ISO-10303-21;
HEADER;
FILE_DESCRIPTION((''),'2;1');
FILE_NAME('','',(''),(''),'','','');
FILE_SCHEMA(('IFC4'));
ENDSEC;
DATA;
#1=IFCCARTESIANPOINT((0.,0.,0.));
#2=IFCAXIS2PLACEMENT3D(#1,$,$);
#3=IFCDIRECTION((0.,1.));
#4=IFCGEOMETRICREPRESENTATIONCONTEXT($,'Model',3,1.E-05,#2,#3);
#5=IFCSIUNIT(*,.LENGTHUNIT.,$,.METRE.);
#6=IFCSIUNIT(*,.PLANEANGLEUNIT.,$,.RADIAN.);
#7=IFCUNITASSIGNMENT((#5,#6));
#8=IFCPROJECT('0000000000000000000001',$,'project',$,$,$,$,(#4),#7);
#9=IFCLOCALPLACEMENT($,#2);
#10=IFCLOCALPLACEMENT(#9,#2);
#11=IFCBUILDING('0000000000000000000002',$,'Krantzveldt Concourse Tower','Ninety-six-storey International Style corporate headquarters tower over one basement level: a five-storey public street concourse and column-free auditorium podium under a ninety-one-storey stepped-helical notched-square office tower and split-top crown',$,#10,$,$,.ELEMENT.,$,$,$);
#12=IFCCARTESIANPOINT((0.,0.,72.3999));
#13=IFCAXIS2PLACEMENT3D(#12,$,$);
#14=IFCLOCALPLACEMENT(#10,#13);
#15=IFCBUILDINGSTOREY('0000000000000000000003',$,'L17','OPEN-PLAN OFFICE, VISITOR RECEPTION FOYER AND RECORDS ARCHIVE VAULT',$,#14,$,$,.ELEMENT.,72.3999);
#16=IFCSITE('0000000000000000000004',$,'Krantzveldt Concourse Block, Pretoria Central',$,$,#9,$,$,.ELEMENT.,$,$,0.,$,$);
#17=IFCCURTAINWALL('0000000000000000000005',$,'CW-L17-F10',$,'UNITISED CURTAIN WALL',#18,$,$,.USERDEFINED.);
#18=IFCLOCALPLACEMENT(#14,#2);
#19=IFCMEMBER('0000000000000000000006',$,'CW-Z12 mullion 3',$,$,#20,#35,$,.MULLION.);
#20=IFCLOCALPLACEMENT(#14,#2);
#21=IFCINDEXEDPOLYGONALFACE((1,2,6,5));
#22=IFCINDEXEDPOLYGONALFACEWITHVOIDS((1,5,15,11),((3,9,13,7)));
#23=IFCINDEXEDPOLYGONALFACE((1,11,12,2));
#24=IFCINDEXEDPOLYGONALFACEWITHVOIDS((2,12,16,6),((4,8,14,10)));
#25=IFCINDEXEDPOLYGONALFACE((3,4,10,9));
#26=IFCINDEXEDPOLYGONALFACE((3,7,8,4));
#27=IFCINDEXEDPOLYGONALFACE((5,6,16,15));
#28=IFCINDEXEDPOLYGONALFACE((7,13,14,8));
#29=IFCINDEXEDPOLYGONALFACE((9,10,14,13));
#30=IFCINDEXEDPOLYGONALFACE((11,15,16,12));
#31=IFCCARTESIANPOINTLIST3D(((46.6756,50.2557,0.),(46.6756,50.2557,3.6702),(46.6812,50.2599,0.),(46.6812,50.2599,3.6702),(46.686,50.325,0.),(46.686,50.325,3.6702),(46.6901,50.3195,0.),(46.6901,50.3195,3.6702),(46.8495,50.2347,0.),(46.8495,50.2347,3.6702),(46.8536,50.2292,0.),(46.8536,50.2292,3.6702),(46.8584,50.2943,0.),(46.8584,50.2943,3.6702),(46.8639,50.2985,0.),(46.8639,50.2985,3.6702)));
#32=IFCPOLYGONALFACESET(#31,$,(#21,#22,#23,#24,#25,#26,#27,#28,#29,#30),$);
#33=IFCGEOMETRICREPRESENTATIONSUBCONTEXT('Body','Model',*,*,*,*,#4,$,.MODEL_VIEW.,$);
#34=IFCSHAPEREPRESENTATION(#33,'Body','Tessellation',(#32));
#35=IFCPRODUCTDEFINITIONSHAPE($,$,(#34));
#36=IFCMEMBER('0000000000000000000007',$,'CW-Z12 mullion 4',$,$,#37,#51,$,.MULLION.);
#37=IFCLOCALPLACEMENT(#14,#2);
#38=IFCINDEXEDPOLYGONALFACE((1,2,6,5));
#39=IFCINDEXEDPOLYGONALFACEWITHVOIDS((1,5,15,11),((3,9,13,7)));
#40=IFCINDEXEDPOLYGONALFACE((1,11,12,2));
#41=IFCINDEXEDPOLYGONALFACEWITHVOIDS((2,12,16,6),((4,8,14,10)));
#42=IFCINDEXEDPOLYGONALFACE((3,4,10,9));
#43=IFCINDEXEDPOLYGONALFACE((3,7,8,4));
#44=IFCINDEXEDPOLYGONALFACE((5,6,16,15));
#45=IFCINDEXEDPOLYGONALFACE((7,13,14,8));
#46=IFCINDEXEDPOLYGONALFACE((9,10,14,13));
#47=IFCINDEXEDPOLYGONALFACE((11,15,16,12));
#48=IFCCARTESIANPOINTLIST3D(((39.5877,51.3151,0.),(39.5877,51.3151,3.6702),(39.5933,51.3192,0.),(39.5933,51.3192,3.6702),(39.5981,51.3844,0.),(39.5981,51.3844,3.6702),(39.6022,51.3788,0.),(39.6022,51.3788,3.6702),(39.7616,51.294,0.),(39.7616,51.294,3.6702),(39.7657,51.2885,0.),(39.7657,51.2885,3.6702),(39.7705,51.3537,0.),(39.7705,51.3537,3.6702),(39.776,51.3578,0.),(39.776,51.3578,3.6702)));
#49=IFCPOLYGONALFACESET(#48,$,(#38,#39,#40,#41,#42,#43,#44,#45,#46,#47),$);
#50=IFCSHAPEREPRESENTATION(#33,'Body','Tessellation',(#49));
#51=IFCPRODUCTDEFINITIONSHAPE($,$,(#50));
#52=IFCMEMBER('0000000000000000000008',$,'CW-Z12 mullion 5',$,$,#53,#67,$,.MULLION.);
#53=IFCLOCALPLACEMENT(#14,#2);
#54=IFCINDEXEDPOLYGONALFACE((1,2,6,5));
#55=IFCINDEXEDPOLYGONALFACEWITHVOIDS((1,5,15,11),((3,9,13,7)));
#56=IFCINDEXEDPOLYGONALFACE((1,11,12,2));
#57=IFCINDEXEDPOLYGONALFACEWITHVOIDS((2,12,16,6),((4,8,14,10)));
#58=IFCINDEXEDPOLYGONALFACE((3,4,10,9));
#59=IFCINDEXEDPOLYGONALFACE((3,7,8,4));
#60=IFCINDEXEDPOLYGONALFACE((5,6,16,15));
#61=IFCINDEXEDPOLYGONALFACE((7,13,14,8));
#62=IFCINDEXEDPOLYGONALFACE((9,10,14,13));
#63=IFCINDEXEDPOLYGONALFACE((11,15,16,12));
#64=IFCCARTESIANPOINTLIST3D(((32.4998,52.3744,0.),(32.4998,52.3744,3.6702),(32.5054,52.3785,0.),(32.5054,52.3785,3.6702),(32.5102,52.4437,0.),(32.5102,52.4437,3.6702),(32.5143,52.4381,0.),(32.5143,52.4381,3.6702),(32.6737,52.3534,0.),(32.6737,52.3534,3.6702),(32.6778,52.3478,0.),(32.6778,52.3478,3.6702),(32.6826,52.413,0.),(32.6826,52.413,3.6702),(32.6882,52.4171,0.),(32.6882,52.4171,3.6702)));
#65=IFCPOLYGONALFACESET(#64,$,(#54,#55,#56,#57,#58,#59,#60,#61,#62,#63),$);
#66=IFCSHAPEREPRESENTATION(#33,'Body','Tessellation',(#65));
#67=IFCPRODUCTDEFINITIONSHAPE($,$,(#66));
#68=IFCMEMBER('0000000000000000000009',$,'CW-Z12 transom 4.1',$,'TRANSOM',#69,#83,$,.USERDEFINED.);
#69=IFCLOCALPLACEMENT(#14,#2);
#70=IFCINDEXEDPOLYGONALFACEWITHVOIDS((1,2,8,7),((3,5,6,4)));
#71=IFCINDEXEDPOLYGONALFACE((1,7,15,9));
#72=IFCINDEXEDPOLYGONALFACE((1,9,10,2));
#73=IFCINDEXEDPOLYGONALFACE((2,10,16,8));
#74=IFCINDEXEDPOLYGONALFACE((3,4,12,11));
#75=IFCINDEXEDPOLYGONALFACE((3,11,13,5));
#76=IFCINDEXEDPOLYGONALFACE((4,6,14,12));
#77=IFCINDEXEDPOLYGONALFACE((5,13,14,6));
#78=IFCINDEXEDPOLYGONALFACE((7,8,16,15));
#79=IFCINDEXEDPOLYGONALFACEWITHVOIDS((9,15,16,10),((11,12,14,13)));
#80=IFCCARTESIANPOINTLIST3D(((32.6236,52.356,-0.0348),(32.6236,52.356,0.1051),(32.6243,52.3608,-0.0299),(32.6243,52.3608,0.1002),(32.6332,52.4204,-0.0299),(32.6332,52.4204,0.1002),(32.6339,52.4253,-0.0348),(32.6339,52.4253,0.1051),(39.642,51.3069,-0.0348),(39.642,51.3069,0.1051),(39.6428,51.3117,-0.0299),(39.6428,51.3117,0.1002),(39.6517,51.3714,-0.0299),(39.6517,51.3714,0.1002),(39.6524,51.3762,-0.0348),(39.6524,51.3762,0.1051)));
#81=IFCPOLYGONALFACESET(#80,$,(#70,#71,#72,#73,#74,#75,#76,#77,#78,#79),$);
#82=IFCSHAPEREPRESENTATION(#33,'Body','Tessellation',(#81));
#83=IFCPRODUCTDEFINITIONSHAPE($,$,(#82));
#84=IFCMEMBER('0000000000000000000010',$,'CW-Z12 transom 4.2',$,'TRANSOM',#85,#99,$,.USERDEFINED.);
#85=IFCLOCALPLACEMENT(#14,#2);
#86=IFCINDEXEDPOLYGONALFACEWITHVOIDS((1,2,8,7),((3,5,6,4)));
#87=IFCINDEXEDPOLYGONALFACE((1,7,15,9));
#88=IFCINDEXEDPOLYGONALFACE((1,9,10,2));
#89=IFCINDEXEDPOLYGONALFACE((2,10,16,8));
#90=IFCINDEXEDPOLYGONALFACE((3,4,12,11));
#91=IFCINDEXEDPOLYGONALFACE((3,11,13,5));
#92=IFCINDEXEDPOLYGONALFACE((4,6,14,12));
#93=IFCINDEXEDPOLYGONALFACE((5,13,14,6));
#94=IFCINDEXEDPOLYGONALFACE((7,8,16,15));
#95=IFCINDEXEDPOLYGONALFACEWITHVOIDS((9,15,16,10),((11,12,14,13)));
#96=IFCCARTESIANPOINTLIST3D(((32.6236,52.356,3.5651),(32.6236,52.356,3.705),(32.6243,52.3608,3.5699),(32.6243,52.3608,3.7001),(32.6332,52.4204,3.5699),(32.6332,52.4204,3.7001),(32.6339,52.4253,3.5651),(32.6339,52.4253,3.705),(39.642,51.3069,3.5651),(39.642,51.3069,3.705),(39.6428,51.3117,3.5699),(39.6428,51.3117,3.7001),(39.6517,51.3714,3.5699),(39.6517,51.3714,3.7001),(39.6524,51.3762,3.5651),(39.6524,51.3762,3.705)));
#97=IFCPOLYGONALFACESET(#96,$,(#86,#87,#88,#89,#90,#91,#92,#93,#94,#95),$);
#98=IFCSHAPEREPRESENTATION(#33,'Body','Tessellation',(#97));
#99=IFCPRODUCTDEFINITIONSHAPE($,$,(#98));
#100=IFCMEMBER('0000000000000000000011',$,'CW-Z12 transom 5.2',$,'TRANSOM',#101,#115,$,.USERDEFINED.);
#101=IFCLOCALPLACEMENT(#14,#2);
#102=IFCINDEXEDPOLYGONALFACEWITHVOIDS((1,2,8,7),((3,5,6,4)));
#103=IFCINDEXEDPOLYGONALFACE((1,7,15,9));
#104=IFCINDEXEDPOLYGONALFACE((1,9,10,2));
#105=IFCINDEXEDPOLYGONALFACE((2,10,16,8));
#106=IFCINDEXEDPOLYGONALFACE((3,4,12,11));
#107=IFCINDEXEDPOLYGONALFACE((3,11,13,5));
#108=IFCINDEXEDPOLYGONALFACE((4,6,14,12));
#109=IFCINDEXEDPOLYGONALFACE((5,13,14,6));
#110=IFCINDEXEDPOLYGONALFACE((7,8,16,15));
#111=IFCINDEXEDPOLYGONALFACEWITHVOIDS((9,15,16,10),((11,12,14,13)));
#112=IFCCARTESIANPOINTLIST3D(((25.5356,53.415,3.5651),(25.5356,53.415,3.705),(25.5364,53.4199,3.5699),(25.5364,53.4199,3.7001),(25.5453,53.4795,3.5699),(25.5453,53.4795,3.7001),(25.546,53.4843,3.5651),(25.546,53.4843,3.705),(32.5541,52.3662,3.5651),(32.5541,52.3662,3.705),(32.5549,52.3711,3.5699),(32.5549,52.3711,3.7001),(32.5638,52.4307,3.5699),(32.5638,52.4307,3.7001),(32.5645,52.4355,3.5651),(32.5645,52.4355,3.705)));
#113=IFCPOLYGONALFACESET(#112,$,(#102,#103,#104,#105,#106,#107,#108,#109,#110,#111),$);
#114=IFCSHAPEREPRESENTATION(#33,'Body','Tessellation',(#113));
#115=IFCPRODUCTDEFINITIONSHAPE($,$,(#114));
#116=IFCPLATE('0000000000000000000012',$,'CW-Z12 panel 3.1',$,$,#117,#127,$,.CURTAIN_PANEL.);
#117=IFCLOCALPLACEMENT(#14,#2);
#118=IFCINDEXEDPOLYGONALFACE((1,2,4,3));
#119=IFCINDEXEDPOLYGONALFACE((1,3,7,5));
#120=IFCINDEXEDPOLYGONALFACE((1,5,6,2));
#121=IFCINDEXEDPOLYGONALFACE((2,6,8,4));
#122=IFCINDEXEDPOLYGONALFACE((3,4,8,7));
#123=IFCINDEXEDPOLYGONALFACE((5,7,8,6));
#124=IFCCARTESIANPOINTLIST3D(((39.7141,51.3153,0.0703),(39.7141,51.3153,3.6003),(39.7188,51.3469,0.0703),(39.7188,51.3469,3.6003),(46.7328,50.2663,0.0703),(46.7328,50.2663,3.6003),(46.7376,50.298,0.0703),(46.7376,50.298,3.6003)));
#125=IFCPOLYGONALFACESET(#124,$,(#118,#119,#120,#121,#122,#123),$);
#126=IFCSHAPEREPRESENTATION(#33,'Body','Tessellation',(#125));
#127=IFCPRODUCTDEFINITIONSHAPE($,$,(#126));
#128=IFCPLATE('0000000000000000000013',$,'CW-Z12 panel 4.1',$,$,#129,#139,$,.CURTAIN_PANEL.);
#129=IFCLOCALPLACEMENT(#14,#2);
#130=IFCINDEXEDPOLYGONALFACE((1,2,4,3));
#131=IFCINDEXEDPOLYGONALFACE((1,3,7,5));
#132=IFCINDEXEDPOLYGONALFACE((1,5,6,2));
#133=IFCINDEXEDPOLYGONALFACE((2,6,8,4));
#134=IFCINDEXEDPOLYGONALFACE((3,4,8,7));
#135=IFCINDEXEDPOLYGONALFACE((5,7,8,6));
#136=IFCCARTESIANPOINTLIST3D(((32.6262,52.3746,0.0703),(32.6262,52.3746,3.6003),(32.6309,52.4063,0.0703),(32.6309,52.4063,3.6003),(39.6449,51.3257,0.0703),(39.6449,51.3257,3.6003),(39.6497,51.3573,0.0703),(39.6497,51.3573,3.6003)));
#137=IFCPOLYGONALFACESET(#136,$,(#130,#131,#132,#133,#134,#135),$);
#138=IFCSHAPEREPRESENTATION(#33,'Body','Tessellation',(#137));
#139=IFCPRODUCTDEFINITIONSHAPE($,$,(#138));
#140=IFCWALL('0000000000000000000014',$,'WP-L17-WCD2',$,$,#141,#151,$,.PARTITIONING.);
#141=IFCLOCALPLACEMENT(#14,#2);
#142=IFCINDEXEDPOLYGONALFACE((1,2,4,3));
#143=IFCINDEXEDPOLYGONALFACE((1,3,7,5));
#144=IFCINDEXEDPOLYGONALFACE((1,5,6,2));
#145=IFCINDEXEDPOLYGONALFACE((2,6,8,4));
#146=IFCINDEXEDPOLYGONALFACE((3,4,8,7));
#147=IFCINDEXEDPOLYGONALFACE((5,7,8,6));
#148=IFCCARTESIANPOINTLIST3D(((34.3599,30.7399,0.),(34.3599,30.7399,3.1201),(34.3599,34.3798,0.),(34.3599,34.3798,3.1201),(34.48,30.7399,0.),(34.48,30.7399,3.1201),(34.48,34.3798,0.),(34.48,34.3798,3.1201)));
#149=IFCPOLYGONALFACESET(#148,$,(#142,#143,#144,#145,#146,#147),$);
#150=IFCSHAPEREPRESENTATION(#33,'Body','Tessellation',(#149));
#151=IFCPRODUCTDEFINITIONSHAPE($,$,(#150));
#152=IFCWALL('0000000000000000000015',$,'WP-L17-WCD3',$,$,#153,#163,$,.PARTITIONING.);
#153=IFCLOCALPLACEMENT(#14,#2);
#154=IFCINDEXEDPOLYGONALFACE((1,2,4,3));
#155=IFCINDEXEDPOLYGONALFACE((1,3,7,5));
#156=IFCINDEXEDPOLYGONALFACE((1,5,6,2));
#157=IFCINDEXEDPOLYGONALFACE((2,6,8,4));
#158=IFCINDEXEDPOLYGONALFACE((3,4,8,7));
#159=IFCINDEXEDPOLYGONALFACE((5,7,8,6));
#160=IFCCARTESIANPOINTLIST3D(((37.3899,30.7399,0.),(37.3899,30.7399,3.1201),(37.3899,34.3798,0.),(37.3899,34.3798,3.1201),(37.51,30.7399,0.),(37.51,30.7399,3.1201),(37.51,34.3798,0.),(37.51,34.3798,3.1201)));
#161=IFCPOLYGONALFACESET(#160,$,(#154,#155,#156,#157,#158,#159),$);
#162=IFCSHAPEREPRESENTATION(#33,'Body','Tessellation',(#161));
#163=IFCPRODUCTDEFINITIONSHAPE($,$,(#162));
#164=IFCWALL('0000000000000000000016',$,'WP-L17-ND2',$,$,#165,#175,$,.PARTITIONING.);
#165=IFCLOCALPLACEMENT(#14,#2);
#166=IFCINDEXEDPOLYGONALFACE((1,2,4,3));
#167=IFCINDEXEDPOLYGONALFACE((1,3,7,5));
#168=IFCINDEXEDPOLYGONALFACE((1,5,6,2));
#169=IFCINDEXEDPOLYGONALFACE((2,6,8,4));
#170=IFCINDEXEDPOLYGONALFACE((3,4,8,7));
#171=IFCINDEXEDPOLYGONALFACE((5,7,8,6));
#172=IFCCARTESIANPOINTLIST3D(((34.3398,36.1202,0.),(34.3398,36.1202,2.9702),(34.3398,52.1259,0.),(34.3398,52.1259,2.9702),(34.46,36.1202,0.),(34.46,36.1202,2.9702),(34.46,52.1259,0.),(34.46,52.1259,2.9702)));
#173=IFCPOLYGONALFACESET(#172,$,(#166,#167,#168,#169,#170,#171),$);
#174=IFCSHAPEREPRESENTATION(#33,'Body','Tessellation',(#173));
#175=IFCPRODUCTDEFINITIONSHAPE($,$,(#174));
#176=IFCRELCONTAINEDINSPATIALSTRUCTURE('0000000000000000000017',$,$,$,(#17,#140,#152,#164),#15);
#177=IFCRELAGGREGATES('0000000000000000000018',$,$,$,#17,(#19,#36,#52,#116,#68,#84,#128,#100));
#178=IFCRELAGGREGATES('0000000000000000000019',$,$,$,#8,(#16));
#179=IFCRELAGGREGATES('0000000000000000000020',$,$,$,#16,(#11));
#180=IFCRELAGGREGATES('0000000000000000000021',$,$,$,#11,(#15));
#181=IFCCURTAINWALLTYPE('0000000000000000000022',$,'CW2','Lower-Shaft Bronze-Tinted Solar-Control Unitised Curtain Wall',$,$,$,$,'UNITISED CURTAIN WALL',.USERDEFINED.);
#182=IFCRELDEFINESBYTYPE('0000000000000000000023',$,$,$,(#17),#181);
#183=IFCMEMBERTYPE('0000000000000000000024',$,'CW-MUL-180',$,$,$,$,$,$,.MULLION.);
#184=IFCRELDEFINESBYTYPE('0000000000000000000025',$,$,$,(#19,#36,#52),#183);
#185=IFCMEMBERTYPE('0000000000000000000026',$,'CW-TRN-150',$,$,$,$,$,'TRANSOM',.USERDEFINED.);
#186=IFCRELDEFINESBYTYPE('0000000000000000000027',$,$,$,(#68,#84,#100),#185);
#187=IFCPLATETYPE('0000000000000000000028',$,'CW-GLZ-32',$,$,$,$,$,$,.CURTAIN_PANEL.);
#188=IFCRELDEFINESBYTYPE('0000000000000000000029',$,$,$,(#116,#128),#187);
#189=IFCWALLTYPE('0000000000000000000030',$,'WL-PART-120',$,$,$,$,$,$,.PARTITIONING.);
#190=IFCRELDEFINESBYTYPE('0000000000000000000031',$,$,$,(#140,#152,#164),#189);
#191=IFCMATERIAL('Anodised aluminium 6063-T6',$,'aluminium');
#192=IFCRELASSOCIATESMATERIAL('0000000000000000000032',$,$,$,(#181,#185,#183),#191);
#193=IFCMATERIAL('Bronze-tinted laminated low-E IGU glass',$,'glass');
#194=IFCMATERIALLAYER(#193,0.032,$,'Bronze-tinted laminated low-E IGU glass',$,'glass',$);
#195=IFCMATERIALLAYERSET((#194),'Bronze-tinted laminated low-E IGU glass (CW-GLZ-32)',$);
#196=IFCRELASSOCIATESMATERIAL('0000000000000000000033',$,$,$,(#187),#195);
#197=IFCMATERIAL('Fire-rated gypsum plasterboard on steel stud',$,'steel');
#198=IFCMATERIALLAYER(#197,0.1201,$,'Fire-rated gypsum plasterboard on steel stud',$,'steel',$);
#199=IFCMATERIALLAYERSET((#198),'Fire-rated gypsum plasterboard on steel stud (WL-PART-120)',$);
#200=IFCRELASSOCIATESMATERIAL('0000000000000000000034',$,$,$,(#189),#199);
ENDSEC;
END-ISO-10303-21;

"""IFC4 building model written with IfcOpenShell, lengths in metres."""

from ifc_helpers import new_model, si_unit, direction, frame, frame_2d, origin, origin_2d, place, context, subcontext, project, spatial, rectangle, hollow_rectangle, extrude, source, transform, mapped, material, layer, layer_set, material_profile, profile_set, type_object, type_shapes, element, aggregate, save


model = new_model("IFC4")

# Units and contexts
model_context = context("Model", 3, precision=1e-05, world=origin(), true_north=direction((0.0, 1.0)))
body_context = subcontext(model_context, "Body", "Model", "MODEL_VIEW")
ifc_project = project(units=[si_unit("LENGTHUNIT", "METRE"), si_unit("PLANEANGLEUNIT", "RADIAN")], contexts=[model_context])

# Site, building, storey
site_placement = place(None, origin())
site = spatial("IfcSite", under=ifc_project, at=site_placement, Name="Krantzveldt Concourse Block, Pretoria Central", CompositionType="ELEMENT", RefElevation=0.0)
building_placement = place(site_placement, origin())
building = spatial("IfcBuilding", under=site, at=building_placement, Name="Krantzveldt Concourse Tower", Description="Ninety-six-storey International Style corporate headquarters tower over one basement level: a five-storey public street concourse and column-free auditorium podium under a ninety-one-storey stepped-helical notched-square office tower and split-top crown", CompositionType="ELEMENT")
storey_placement = place(building_placement, frame((0.0, 0.0, 72.3999)))
storey = spatial("IfcBuildingStorey", under=building, at=storey_placement, Name="L17", Description="OPEN-PLAN OFFICE, VISITOR RECEPTION FOYER AND RECORDS ARCHIVE VAULT", CompositionType="ELEMENT", Elevation=72.3999)

# Curtain wall, members, plates
ifc_material_1 = material(Name="Anodised aluminium 6063-T6", Category="aluminium")
curtain_wall_type = type_object("IfcCurtainWallType", Name="CW2", Description="Lower-Shaft Bronze-Tinted Solar-Control Unitised Curtain Wall", ElementType="UNITISED CURTAIN WALL", PredefinedType="USERDEFINED", material=ifc_material_1)
curtain_wall_placement = place(storey_placement, origin())
curtain_wall = element("IfcCurtainWall", 1, at=curtain_wall_placement, inside=storey, type_object=curtain_wall_type, Name="CW-L17-F10", ObjectType="UNITISED CURTAIN WALL", PredefinedType="USERDEFINED")
ifc_material_profile_1 = material_profile(ifc_material_1, hollow_rectangle(XDim=0.0701, YDim=0.1399, WallThickness=0.0049, at=origin_2d()), Name="Anodised aluminium 6063-T6", Category="aluminium")
ifc_profile_set_1 = profile_set([ifc_material_profile_1], Name="Anodised aluminium 6063-T6 - ALU-TRAN 140x70x5")
member_type_1 = type_object("IfcMemberType", Name="CW-TRN-150", ElementType="TRANSOM", PredefinedType="USERDEFINED", material=ifc_profile_set_1)
ifc_material_profile_2 = material_profile(ifc_material_1, hollow_rectangle(XDim=0.0701, YDim=0.1799, WallThickness=0.0049, at=origin_2d()), Name="Anodised aluminium 6063-T6", Category="aluminium")
ifc_profile_set_2 = profile_set([ifc_material_profile_2], Name="Anodised aluminium 6063-T6 - ALU-MULL 180x70x5")
member_type_2 = type_object("IfcMemberType", Name="CW-MUL-180", PredefinedType="MULLION", material=ifc_profile_set_2)
shared_shape_1 = source(origin(), body_context, "Body", "SweptSolid", [
    extrude(hollow_rectangle(XDim=0.0701, YDim=0.1799, WallThickness=0.0049, at=origin_2d()), origin(), (0.0, 0.0, 1.0), 3.6702),
])
type_shapes(member_type_2, [shared_shape_1])
member_1_placement = place(storey_placement, frame((46.7698, 50.2771, 0.0), z_axis=(0.0, 0.0, 1.0), x_axis=(-0.14781, -0.989016, 0.0)))
member_1 = element("IfcMember", 2, at=member_1_placement, type_object=member_type_2, Name="CW-Z12 mullion 3", PredefinedType="MULLION", context=body_context, shape_type="MappedRepresentation", body=[
    mapped(shared_shape_1, transform((0.0, 0.0, 0.0), x_axis=(1.0, 0.0, 0.0), y_axis=(0.0, 1.0, 0.0), z_axis=(0.0, 0.0, 1.0), scale=1.0)),
])
member_2_placement = place(storey_placement, frame((39.6819, 51.3364, 0.0), z_axis=(0.0, 0.0, 1.0), x_axis=(-0.14781, -0.989016, 0.0)))
member_2 = element("IfcMember", 3, at=member_2_placement, type_object=member_type_2, Name="CW-Z12 mullion 4", PredefinedType="MULLION", context=body_context, shape_type="MappedRepresentation", body=[
    mapped(shared_shape_1, transform((0.0, 0.0, 0.0), x_axis=(1.0, 0.0, 0.0), y_axis=(0.0, 1.0, 0.0), z_axis=(0.0, 0.0, 1.0), scale=1.0)),
])
member_3_placement = place(storey_placement, frame((32.594, 52.3958, 0.0), z_axis=(0.0, 0.0, 1.0), x_axis=(-0.14781, -0.989016, 0.0)))
member_3 = element("IfcMember", 4, at=member_3_placement, type_object=member_type_2, Name="CW-Z12 mullion 5", PredefinedType="MULLION", context=body_context, shape_type="MappedRepresentation", body=[
    mapped(shared_shape_1, transform((0.0, 0.0, 0.0), x_axis=(1.0, 0.0, 0.0), y_axis=(0.0, 1.0, 0.0), z_axis=(0.0, 0.0, 1.0), scale=1.0)),
])
shared_shape_2 = source(origin(), body_context, "Body", "SweptSolid", [
    extrude(hollow_rectangle(XDim=0.0701, YDim=0.1399, WallThickness=0.0049, at=origin_2d()), origin(), (0.0, 0.0, 1.0), 7.0964),
])
member_4_placement = place(storey_placement, frame((39.6472, 51.3416, 0.0352), z_axis=(-0.989013, 0.147829, 0.0), x_axis=(-0.147829, -0.989013, 0.0)))
member_4 = element("IfcMember", 5, at=member_4_placement, type_object=member_type_1, Name="CW-Z12 transom 4.1", ObjectType="TRANSOM", PredefinedType="USERDEFINED", context=body_context, shape_type="MappedRepresentation", body=[
    mapped(shared_shape_2, transform((0.0, 0.0, 0.0), x_axis=(1.0, 0.0, 0.0), y_axis=(0.0, 1.0, 0.0), z_axis=(0.0, 0.0, 1.0), scale=1.0)),
])
member_5_placement = place(storey_placement, frame((39.6472, 51.3416, 3.635), z_axis=(-0.989013, 0.147829, 0.0), x_axis=(-0.147829, -0.989013, 0.0)))
member_5 = element("IfcMember", 6, at=member_5_placement, type_object=member_type_1, Name="CW-Z12 transom 4.2", ObjectType="TRANSOM", PredefinedType="USERDEFINED", context=body_context, shape_type="MappedRepresentation", body=[
    mapped(shared_shape_2, transform((0.0, 0.0, 0.0), x_axis=(1.0, 0.0, 0.0), y_axis=(0.0, 1.0, 0.0), z_axis=(0.0, 0.0, 1.0), scale=1.0)),
])
member_6_placement = place(storey_placement, frame((32.5593, 52.4009, 3.635), z_axis=(-0.989018, 0.147795, 0.0), x_axis=(-0.147795, -0.989018, 0.0)))
member_6 = element("IfcMember", 7, at=member_6_placement, type_object=member_type_1, Name="CW-Z12 transom 5.2", ObjectType="TRANSOM", PredefinedType="USERDEFINED", context=body_context, shape_type="MappedRepresentation", body=[
    mapped(shared_shape_2, transform((0.0, 0.0, 0.0), x_axis=(1.0, 0.0, 0.0), y_axis=(0.0, 1.0, 0.0), z_axis=(0.0, 0.0, 1.0), scale=1.0)),
])
ifc_material_2 = material(Name="Bronze-tinted laminated low-E IGU glass", Category="glass")
ifc_layer_1 = layer(ifc_material_2, 0.032, Name="Bronze-tinted laminated low-E IGU glass", Category="glass")
ifc_layer_set_1 = layer_set([ifc_layer_1], Name="Bronze-tinted laminated low-E IGU glass (CW-GLZ-32)")
plate_type = type_object("IfcPlateType", Name="CW-GLZ-32", PredefinedType="CURTAIN_PANEL", material=ifc_layer_set_1)
shared_shape_3 = source(origin(), body_context, "Body", "SweptSolid", [
    extrude(rectangle(XDim=7.0967, YDim=0.032, at=origin_2d()), origin(), (0.0, 0.0, 1.0), 3.53),
])
type_shapes(plate_type, [shared_shape_3])
plate_1_placement = place(storey_placement, frame((43.2258, 50.8066, 0.0703), z_axis=(0.0, 0.0, 1.0), x_axis=(-0.989016, 0.14781, 0.0)))
plate_1 = element("IfcPlate", 8, at=plate_1_placement, type_object=plate_type, Name="CW-Z12 panel 3.1", PredefinedType="CURTAIN_PANEL", context=body_context, shape_type="MappedRepresentation", body=[
    mapped(shared_shape_3, transform((0.0, 0.0, 0.0), x_axis=(1.0, 0.0, 0.0), y_axis=(0.0, 1.0, 0.0), z_axis=(0.0, 0.0, 1.0), scale=1.0)),
])
plate_2_placement = place(storey_placement, frame((36.1379, 51.866, 0.0703), z_axis=(0.0, 0.0, 1.0), x_axis=(-0.989016, 0.14781, 0.0)))
plate_2 = element("IfcPlate", 9, at=plate_2_placement, type_object=plate_type, Name="CW-Z12 panel 4.1", PredefinedType="CURTAIN_PANEL", context=body_context, shape_type="MappedRepresentation", body=[
    mapped(shared_shape_3, transform((0.0, 0.0, 0.0), x_axis=(1.0, 0.0, 0.0), y_axis=(0.0, 1.0, 0.0), z_axis=(0.0, 0.0, 1.0), scale=1.0)),
])
aggregate(curtain_wall, [member_1, member_2, member_3, plate_1, member_4, member_5, plate_2, member_6])

# Walls
ifc_material_3 = material(Name="Fire-rated gypsum plasterboard on steel stud", Category="steel")
ifc_layer_2 = layer(ifc_material_3, 0.1201, Name="Fire-rated gypsum plasterboard on steel stud", Category="steel")
ifc_layer_set_2 = layer_set([ifc_layer_2], Name="Fire-rated gypsum plasterboard on steel stud (WL-PART-120)")
wall_type_1 = type_object("IfcWallType", Name="WL-PART-120", PredefinedType="PARTITIONING", material=ifc_layer_set_2)
for number, where, z_axis, x_axis, name in (
    (10, (34.4199, 30.74, 0.0), (0.0, 0.0, 1.0), (0.0, 1.0, 0.0), "WP-L17-WCD2"),
    (11, (37.45, 30.74, 0.0), (0.0, 0.0, 1.0), (0.0, 1.0, 0.0), "WP-L17-WCD3"),
):
    element("IfcWall", number, at=place(storey_placement, frame(where, z_axis=z_axis, x_axis=x_axis)), inside=storey, type_object=wall_type_1, Name=name, PredefinedType="PARTITIONING", context=body_context, shape_type="SweptSolid", body=[
        extrude(rectangle(XDim=3.6399, YDim=0.1201, at=frame_2d((1.8198, 0.0))), origin(), (0.0, 0.0, 1.0), 3.1201),
    ])
wall_1_placement = place(storey_placement, frame((34.3999, 36.1201, 0.0), z_axis=(0.0, 0.0, 1.0), x_axis=(0.0, 1.0, 0.0)))
element("IfcWall", 12, at=wall_1_placement, inside=storey, type_object=wall_type_1, Name="WP-L17-ND2", PredefinedType="PARTITIONING", context=body_context, shape_type="SweptSolid", body=[
    extrude(rectangle(XDim=16.0056, YDim=0.1201, at=frame_2d((8.0029, 0.0))), origin(), (0.0, 0.0, 1.0), 2.9702),
])

save(model, "model.ifc")
